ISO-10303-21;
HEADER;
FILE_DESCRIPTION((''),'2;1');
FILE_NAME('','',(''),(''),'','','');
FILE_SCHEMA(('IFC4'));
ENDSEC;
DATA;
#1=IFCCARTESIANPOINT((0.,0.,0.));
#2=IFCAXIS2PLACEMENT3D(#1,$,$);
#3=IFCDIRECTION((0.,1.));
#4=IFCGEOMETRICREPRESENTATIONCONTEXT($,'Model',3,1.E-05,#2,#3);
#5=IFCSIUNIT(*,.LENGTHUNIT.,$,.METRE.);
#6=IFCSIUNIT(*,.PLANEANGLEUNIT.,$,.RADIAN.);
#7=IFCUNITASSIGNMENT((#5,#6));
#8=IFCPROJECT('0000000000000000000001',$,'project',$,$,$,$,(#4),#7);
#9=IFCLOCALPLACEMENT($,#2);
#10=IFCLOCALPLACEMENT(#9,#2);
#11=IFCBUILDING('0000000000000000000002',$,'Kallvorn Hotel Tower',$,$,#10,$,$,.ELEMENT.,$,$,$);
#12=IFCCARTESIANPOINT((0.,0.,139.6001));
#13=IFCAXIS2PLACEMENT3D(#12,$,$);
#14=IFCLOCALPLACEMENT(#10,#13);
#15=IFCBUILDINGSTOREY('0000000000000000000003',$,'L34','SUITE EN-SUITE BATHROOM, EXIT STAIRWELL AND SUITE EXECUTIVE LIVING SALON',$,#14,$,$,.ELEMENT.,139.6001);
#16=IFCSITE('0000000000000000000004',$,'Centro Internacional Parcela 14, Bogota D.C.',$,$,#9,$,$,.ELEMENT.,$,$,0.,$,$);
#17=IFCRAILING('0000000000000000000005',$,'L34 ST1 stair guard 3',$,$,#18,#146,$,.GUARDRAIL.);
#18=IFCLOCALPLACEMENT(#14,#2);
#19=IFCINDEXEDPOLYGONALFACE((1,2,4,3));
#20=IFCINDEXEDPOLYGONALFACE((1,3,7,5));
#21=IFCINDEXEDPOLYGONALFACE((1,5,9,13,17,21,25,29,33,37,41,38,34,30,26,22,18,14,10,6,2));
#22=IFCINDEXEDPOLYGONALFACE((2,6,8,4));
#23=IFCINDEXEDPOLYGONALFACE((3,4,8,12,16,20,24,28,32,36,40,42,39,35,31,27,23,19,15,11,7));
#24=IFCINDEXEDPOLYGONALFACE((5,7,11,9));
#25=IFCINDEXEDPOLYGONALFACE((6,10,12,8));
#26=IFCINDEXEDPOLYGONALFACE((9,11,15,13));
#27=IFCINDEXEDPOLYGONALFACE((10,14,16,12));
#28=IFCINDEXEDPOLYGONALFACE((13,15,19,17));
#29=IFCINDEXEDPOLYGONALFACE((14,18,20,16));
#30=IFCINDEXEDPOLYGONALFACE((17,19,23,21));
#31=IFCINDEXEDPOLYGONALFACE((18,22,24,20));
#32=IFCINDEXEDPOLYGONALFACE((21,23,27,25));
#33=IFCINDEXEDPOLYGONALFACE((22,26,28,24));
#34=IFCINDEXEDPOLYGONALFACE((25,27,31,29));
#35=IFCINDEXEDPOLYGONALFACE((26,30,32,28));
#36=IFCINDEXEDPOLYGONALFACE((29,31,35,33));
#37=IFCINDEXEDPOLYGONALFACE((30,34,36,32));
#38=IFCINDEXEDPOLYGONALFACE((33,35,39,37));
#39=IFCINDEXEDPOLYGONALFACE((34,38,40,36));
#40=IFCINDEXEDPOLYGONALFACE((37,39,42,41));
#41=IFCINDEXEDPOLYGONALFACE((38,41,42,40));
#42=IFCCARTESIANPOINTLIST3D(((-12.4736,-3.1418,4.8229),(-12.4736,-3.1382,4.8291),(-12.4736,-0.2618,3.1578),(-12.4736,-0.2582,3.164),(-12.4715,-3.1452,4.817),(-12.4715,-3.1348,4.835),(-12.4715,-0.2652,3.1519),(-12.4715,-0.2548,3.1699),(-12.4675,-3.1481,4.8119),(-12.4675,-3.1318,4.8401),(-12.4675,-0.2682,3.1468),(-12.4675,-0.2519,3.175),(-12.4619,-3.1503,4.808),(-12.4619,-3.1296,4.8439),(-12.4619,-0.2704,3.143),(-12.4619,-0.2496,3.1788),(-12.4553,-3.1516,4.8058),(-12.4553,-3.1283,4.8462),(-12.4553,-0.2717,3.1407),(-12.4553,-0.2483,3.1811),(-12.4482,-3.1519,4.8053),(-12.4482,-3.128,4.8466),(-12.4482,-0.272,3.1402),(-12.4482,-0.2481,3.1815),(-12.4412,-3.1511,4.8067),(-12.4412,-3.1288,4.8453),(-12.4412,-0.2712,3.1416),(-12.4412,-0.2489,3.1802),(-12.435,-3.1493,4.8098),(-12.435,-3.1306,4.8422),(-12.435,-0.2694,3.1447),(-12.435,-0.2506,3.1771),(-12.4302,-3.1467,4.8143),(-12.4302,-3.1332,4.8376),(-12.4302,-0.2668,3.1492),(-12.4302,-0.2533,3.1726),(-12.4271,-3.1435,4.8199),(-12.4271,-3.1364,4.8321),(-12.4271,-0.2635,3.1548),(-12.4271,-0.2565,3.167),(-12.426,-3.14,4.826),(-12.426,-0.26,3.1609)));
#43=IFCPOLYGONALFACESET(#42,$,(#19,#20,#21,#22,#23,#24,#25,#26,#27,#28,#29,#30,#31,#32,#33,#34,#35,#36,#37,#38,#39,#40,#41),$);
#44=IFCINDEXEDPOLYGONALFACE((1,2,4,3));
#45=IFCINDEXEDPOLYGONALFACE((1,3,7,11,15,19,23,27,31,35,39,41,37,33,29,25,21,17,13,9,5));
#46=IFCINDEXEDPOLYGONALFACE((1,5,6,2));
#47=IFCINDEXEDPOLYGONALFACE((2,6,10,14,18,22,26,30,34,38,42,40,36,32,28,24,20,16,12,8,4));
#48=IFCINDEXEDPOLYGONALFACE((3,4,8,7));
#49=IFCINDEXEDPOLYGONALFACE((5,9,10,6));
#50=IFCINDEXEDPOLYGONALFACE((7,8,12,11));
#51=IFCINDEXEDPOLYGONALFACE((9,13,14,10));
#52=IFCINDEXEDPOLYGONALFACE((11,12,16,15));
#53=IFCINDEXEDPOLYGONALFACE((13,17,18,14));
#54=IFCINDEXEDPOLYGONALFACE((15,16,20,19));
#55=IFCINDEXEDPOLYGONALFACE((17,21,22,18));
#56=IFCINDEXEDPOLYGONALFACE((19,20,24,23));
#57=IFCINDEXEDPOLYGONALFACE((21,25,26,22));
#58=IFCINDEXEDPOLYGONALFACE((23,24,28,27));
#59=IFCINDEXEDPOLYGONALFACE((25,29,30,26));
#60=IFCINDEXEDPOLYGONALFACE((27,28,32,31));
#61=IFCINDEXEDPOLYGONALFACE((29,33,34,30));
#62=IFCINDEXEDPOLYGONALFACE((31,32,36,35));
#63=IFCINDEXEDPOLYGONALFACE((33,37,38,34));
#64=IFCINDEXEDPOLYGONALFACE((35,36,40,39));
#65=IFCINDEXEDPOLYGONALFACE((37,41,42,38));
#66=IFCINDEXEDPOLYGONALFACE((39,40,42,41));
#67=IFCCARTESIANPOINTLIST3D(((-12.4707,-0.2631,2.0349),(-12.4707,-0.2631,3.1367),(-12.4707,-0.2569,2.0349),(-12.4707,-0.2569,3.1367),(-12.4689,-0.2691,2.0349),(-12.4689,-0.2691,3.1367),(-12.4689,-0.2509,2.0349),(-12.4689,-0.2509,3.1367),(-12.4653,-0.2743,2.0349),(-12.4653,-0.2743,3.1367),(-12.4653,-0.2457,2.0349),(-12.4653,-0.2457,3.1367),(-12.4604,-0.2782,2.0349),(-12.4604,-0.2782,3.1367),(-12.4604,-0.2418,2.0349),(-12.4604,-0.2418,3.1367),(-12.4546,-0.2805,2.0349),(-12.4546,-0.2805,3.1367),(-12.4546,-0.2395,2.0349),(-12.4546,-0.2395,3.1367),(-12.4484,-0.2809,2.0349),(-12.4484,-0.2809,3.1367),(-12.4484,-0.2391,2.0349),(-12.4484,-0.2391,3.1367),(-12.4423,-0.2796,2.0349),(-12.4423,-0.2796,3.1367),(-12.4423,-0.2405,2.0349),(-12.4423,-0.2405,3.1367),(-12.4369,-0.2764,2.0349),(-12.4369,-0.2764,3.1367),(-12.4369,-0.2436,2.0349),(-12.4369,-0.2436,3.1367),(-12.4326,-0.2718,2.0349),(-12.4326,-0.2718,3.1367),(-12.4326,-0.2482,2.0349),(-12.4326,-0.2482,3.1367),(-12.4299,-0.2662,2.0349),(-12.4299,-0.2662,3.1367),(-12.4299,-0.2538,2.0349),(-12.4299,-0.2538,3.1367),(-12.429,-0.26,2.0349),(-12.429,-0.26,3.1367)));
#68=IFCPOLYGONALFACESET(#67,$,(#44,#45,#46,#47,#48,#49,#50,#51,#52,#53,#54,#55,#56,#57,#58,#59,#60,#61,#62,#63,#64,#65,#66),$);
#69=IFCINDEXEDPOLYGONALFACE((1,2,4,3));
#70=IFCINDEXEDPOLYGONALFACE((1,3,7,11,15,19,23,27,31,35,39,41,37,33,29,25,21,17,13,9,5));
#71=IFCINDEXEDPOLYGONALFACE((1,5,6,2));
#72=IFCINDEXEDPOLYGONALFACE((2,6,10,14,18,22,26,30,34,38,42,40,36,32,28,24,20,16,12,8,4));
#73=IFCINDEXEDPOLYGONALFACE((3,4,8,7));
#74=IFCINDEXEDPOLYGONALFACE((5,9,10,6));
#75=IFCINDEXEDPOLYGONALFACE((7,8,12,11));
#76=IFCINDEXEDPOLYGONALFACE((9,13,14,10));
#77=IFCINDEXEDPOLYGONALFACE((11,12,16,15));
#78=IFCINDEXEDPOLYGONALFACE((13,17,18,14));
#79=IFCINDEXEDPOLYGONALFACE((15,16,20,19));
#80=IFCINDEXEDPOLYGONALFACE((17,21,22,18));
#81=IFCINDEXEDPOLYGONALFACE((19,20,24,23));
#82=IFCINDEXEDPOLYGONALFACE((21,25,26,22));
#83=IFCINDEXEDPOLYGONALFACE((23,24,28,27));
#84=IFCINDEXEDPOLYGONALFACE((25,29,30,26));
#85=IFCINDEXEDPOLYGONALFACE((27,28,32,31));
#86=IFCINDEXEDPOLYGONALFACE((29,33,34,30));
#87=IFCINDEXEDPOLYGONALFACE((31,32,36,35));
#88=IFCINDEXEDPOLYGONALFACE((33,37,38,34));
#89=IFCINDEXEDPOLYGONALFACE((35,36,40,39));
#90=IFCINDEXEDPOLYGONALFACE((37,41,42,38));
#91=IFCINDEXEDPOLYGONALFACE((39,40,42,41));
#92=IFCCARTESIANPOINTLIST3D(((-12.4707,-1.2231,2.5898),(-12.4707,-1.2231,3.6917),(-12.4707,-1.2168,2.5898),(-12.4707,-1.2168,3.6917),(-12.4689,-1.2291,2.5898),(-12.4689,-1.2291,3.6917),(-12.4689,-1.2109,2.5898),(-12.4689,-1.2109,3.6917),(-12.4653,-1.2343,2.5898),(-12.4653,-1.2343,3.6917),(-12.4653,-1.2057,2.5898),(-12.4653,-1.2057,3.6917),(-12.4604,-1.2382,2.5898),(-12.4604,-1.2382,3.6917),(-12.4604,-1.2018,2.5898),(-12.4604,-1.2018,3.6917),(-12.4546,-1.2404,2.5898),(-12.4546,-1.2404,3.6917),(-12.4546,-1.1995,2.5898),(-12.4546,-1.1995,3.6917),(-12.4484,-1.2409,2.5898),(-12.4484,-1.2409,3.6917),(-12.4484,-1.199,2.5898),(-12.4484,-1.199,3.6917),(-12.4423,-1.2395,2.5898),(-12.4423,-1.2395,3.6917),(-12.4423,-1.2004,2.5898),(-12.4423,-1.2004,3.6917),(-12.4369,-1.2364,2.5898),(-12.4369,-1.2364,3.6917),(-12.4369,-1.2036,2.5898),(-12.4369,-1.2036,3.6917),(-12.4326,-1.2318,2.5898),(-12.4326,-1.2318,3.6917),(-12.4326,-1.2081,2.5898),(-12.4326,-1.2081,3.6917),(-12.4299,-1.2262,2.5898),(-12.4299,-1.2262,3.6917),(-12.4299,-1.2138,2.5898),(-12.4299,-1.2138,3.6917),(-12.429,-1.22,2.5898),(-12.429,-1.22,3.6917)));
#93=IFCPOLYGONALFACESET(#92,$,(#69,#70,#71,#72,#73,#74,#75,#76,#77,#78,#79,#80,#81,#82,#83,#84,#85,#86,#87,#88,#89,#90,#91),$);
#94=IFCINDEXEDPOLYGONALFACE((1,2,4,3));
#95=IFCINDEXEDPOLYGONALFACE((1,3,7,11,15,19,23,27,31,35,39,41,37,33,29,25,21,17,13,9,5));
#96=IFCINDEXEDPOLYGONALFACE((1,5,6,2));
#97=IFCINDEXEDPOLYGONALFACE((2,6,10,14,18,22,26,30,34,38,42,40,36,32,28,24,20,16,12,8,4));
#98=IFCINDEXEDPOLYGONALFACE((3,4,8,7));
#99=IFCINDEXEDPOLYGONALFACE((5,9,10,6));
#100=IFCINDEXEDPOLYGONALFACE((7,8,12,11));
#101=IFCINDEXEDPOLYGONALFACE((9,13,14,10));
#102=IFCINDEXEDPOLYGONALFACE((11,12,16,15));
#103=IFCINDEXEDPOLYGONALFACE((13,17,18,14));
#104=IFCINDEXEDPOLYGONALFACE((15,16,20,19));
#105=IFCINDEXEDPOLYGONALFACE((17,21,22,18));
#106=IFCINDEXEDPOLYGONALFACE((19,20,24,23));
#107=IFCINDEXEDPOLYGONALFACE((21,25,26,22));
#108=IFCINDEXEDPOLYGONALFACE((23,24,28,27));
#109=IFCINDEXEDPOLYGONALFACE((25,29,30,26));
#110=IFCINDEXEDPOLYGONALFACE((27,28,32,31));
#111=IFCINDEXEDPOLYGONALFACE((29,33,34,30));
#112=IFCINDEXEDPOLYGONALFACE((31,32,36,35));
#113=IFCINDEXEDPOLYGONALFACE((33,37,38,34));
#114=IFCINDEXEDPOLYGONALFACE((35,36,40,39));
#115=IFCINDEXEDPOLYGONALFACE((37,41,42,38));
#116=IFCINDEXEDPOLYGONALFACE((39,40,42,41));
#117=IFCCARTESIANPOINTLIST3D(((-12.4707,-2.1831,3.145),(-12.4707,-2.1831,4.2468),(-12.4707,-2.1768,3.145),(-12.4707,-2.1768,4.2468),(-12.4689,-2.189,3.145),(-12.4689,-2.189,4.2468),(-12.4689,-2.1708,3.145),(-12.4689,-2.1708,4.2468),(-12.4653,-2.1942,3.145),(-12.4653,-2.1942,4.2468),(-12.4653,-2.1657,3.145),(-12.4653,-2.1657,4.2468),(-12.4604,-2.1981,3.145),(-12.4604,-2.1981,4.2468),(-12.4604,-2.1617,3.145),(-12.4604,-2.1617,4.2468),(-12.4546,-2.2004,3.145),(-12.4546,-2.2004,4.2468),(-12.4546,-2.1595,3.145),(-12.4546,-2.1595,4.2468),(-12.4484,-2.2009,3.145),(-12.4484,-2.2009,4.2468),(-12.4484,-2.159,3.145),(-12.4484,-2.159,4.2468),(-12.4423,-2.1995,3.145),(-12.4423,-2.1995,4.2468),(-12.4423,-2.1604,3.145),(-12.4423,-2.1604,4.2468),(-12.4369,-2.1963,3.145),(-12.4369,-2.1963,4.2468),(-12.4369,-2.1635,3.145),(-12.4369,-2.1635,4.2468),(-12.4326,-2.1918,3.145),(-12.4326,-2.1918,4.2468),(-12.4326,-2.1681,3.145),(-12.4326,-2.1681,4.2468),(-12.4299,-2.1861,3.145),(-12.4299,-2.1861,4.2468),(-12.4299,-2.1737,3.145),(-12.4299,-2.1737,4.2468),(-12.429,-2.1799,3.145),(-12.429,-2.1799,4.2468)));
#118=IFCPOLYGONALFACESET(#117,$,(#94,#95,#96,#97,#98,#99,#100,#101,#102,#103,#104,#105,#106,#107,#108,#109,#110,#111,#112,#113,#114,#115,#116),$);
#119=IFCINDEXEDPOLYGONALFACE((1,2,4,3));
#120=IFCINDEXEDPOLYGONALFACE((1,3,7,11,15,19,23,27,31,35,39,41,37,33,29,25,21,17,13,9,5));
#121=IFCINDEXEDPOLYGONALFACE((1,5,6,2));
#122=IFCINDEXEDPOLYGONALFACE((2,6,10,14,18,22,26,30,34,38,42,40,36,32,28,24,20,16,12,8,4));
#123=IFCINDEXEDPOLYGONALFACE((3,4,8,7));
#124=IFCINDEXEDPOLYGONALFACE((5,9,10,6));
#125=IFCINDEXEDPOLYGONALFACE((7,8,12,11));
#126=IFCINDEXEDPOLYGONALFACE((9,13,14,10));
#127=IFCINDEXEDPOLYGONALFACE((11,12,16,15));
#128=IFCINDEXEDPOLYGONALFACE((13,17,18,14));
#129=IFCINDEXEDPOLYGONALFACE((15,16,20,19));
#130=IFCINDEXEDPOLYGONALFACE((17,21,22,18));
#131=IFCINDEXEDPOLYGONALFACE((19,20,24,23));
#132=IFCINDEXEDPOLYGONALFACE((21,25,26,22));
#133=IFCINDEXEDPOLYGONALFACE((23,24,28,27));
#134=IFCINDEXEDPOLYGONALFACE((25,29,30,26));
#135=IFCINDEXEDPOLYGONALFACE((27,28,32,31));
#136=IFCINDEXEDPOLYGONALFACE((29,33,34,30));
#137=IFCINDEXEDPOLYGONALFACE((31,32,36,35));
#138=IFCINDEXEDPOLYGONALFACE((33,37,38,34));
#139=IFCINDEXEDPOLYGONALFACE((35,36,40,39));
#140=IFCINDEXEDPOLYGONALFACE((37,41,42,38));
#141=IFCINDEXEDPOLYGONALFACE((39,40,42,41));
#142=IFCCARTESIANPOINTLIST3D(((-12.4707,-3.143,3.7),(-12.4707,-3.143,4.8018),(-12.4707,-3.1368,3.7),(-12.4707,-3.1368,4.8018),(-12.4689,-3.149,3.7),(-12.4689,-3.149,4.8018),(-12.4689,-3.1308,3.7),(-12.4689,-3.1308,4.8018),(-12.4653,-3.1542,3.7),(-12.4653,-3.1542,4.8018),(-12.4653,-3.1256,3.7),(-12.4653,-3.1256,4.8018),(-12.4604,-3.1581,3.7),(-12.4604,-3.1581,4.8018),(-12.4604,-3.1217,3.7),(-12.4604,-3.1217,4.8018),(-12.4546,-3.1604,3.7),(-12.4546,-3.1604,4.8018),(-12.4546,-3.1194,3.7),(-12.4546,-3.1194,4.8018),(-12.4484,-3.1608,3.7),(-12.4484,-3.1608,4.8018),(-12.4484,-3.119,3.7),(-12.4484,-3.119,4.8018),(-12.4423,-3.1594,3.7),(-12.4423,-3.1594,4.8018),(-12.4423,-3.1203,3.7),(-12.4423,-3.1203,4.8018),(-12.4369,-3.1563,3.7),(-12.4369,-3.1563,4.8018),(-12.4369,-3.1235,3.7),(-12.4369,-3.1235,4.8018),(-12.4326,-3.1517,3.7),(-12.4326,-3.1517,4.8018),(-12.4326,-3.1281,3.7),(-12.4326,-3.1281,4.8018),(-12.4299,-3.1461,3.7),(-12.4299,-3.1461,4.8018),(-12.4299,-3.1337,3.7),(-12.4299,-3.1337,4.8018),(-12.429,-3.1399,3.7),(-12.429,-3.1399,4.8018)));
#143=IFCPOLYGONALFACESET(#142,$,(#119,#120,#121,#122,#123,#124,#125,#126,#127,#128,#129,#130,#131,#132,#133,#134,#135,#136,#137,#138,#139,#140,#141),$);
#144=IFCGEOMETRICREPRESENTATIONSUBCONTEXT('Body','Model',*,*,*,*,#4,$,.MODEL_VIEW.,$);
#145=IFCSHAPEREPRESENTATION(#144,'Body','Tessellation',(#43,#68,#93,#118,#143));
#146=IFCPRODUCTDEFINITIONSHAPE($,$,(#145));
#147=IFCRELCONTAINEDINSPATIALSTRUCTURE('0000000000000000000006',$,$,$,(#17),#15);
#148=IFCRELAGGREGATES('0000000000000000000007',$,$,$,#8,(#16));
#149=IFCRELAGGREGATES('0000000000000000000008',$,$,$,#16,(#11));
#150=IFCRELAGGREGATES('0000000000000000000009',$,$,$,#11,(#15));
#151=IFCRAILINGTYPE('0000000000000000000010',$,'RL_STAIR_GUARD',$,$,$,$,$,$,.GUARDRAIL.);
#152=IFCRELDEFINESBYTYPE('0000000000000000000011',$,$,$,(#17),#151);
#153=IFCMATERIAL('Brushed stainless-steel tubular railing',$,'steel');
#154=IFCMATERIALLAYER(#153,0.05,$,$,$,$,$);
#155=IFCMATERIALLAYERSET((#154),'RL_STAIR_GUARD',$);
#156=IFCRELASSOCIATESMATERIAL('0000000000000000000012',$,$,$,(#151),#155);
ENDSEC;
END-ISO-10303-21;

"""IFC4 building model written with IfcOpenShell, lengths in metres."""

from ifc_helpers import new_model, si_unit, direction, frame, origin, origin_2d, place, context, subcontext, project, spatial, circle, extrude, material, layer, layer_set, type_object, element, save


model = new_model("IFC4")

# Units and contexts
model_context = context("Model", 3, precision=1e-05, world=origin(), true_north=direction((0.0, 1.0)))
body_context = subcontext(model_context, "Body", "Model", "MODEL_VIEW")
ifc_project = project(units=[si_unit("LENGTHUNIT", "METRE"), si_unit("PLANEANGLEUNIT", "RADIAN")], contexts=[model_context])

# Site, building, storey
site_placement = place(None, origin())
site = spatial("IfcSite", under=ifc_project, at=site_placement, Name="Centro Internacional Parcela 14, Bogota D.C.", CompositionType="ELEMENT", RefElevation=0.0)
building_placement = place(site_placement, origin())
building = spatial("IfcBuilding", under=site, at=building_placement, Name="Kallvorn Hotel Tower", CompositionType="ELEMENT")
storey_placement = place(building_placement, frame((0.0, 0.0, 139.6001)))
storey = spatial("IfcBuildingStorey", under=building, at=storey_placement, Name="L34", Description="SUITE EN-SUITE BATHROOM, EXIT STAIRWELL AND SUITE EXECUTIVE LIVING SALON", CompositionType="ELEMENT", Elevation=139.6001)

# Railing
ifc_material_1 = material(Name="Brushed stainless-steel tubular railing", Category="steel")
ifc_layer_1 = layer(ifc_material_1, 0.05)
ifc_layer_set_1 = layer_set([ifc_layer_1], Name="RL_STAIR_GUARD")
railing_type_1 = type_object("IfcRailingType", Name="RL_STAIR_GUARD", PredefinedType="GUARDRAIL", material=ifc_layer_set_1)
railing_1_placement = place(storey_placement, frame((-12.45, -0.26, 2.0349)))
element("IfcRailing", 1, at=railing_1_placement, inside=storey, type_object=railing_type_1, Name="L34 ST1 stair guard 3", PredefinedType="GUARDRAIL", context=body_context, shape_type="SweptSolid", body=[
    extrude(circle(Radius=0.0239, at=origin_2d()), frame((0.0, 0.0, 1.126), z_axis=(0.0, -0.865721, 0.500527), x_axis=(1.0, 0.0, 0.0)), (0.0, 0.0, 1.0), 3.3267),
    extrude(circle(Radius=0.021, at=origin_2d()), origin(), (0.0, 0.0, 1.0), 1.1018),
    extrude(circle(Radius=0.021, at=origin_2d()), frame((0.0, -0.96, 0.5549)), (0.0, 0.0, 1.0), 1.1018),
    extrude(circle(Radius=0.021, at=origin_2d()), frame((0.0, -1.9199, 1.1101)), (0.0, 0.0, 1.0), 1.1018),
    extrude(circle(Radius=0.021, at=origin_2d()), frame((0.0, -2.8799, 1.665)), (0.0, 0.0, 1.0), 1.1018),
])

save(model, "model.ifc")
